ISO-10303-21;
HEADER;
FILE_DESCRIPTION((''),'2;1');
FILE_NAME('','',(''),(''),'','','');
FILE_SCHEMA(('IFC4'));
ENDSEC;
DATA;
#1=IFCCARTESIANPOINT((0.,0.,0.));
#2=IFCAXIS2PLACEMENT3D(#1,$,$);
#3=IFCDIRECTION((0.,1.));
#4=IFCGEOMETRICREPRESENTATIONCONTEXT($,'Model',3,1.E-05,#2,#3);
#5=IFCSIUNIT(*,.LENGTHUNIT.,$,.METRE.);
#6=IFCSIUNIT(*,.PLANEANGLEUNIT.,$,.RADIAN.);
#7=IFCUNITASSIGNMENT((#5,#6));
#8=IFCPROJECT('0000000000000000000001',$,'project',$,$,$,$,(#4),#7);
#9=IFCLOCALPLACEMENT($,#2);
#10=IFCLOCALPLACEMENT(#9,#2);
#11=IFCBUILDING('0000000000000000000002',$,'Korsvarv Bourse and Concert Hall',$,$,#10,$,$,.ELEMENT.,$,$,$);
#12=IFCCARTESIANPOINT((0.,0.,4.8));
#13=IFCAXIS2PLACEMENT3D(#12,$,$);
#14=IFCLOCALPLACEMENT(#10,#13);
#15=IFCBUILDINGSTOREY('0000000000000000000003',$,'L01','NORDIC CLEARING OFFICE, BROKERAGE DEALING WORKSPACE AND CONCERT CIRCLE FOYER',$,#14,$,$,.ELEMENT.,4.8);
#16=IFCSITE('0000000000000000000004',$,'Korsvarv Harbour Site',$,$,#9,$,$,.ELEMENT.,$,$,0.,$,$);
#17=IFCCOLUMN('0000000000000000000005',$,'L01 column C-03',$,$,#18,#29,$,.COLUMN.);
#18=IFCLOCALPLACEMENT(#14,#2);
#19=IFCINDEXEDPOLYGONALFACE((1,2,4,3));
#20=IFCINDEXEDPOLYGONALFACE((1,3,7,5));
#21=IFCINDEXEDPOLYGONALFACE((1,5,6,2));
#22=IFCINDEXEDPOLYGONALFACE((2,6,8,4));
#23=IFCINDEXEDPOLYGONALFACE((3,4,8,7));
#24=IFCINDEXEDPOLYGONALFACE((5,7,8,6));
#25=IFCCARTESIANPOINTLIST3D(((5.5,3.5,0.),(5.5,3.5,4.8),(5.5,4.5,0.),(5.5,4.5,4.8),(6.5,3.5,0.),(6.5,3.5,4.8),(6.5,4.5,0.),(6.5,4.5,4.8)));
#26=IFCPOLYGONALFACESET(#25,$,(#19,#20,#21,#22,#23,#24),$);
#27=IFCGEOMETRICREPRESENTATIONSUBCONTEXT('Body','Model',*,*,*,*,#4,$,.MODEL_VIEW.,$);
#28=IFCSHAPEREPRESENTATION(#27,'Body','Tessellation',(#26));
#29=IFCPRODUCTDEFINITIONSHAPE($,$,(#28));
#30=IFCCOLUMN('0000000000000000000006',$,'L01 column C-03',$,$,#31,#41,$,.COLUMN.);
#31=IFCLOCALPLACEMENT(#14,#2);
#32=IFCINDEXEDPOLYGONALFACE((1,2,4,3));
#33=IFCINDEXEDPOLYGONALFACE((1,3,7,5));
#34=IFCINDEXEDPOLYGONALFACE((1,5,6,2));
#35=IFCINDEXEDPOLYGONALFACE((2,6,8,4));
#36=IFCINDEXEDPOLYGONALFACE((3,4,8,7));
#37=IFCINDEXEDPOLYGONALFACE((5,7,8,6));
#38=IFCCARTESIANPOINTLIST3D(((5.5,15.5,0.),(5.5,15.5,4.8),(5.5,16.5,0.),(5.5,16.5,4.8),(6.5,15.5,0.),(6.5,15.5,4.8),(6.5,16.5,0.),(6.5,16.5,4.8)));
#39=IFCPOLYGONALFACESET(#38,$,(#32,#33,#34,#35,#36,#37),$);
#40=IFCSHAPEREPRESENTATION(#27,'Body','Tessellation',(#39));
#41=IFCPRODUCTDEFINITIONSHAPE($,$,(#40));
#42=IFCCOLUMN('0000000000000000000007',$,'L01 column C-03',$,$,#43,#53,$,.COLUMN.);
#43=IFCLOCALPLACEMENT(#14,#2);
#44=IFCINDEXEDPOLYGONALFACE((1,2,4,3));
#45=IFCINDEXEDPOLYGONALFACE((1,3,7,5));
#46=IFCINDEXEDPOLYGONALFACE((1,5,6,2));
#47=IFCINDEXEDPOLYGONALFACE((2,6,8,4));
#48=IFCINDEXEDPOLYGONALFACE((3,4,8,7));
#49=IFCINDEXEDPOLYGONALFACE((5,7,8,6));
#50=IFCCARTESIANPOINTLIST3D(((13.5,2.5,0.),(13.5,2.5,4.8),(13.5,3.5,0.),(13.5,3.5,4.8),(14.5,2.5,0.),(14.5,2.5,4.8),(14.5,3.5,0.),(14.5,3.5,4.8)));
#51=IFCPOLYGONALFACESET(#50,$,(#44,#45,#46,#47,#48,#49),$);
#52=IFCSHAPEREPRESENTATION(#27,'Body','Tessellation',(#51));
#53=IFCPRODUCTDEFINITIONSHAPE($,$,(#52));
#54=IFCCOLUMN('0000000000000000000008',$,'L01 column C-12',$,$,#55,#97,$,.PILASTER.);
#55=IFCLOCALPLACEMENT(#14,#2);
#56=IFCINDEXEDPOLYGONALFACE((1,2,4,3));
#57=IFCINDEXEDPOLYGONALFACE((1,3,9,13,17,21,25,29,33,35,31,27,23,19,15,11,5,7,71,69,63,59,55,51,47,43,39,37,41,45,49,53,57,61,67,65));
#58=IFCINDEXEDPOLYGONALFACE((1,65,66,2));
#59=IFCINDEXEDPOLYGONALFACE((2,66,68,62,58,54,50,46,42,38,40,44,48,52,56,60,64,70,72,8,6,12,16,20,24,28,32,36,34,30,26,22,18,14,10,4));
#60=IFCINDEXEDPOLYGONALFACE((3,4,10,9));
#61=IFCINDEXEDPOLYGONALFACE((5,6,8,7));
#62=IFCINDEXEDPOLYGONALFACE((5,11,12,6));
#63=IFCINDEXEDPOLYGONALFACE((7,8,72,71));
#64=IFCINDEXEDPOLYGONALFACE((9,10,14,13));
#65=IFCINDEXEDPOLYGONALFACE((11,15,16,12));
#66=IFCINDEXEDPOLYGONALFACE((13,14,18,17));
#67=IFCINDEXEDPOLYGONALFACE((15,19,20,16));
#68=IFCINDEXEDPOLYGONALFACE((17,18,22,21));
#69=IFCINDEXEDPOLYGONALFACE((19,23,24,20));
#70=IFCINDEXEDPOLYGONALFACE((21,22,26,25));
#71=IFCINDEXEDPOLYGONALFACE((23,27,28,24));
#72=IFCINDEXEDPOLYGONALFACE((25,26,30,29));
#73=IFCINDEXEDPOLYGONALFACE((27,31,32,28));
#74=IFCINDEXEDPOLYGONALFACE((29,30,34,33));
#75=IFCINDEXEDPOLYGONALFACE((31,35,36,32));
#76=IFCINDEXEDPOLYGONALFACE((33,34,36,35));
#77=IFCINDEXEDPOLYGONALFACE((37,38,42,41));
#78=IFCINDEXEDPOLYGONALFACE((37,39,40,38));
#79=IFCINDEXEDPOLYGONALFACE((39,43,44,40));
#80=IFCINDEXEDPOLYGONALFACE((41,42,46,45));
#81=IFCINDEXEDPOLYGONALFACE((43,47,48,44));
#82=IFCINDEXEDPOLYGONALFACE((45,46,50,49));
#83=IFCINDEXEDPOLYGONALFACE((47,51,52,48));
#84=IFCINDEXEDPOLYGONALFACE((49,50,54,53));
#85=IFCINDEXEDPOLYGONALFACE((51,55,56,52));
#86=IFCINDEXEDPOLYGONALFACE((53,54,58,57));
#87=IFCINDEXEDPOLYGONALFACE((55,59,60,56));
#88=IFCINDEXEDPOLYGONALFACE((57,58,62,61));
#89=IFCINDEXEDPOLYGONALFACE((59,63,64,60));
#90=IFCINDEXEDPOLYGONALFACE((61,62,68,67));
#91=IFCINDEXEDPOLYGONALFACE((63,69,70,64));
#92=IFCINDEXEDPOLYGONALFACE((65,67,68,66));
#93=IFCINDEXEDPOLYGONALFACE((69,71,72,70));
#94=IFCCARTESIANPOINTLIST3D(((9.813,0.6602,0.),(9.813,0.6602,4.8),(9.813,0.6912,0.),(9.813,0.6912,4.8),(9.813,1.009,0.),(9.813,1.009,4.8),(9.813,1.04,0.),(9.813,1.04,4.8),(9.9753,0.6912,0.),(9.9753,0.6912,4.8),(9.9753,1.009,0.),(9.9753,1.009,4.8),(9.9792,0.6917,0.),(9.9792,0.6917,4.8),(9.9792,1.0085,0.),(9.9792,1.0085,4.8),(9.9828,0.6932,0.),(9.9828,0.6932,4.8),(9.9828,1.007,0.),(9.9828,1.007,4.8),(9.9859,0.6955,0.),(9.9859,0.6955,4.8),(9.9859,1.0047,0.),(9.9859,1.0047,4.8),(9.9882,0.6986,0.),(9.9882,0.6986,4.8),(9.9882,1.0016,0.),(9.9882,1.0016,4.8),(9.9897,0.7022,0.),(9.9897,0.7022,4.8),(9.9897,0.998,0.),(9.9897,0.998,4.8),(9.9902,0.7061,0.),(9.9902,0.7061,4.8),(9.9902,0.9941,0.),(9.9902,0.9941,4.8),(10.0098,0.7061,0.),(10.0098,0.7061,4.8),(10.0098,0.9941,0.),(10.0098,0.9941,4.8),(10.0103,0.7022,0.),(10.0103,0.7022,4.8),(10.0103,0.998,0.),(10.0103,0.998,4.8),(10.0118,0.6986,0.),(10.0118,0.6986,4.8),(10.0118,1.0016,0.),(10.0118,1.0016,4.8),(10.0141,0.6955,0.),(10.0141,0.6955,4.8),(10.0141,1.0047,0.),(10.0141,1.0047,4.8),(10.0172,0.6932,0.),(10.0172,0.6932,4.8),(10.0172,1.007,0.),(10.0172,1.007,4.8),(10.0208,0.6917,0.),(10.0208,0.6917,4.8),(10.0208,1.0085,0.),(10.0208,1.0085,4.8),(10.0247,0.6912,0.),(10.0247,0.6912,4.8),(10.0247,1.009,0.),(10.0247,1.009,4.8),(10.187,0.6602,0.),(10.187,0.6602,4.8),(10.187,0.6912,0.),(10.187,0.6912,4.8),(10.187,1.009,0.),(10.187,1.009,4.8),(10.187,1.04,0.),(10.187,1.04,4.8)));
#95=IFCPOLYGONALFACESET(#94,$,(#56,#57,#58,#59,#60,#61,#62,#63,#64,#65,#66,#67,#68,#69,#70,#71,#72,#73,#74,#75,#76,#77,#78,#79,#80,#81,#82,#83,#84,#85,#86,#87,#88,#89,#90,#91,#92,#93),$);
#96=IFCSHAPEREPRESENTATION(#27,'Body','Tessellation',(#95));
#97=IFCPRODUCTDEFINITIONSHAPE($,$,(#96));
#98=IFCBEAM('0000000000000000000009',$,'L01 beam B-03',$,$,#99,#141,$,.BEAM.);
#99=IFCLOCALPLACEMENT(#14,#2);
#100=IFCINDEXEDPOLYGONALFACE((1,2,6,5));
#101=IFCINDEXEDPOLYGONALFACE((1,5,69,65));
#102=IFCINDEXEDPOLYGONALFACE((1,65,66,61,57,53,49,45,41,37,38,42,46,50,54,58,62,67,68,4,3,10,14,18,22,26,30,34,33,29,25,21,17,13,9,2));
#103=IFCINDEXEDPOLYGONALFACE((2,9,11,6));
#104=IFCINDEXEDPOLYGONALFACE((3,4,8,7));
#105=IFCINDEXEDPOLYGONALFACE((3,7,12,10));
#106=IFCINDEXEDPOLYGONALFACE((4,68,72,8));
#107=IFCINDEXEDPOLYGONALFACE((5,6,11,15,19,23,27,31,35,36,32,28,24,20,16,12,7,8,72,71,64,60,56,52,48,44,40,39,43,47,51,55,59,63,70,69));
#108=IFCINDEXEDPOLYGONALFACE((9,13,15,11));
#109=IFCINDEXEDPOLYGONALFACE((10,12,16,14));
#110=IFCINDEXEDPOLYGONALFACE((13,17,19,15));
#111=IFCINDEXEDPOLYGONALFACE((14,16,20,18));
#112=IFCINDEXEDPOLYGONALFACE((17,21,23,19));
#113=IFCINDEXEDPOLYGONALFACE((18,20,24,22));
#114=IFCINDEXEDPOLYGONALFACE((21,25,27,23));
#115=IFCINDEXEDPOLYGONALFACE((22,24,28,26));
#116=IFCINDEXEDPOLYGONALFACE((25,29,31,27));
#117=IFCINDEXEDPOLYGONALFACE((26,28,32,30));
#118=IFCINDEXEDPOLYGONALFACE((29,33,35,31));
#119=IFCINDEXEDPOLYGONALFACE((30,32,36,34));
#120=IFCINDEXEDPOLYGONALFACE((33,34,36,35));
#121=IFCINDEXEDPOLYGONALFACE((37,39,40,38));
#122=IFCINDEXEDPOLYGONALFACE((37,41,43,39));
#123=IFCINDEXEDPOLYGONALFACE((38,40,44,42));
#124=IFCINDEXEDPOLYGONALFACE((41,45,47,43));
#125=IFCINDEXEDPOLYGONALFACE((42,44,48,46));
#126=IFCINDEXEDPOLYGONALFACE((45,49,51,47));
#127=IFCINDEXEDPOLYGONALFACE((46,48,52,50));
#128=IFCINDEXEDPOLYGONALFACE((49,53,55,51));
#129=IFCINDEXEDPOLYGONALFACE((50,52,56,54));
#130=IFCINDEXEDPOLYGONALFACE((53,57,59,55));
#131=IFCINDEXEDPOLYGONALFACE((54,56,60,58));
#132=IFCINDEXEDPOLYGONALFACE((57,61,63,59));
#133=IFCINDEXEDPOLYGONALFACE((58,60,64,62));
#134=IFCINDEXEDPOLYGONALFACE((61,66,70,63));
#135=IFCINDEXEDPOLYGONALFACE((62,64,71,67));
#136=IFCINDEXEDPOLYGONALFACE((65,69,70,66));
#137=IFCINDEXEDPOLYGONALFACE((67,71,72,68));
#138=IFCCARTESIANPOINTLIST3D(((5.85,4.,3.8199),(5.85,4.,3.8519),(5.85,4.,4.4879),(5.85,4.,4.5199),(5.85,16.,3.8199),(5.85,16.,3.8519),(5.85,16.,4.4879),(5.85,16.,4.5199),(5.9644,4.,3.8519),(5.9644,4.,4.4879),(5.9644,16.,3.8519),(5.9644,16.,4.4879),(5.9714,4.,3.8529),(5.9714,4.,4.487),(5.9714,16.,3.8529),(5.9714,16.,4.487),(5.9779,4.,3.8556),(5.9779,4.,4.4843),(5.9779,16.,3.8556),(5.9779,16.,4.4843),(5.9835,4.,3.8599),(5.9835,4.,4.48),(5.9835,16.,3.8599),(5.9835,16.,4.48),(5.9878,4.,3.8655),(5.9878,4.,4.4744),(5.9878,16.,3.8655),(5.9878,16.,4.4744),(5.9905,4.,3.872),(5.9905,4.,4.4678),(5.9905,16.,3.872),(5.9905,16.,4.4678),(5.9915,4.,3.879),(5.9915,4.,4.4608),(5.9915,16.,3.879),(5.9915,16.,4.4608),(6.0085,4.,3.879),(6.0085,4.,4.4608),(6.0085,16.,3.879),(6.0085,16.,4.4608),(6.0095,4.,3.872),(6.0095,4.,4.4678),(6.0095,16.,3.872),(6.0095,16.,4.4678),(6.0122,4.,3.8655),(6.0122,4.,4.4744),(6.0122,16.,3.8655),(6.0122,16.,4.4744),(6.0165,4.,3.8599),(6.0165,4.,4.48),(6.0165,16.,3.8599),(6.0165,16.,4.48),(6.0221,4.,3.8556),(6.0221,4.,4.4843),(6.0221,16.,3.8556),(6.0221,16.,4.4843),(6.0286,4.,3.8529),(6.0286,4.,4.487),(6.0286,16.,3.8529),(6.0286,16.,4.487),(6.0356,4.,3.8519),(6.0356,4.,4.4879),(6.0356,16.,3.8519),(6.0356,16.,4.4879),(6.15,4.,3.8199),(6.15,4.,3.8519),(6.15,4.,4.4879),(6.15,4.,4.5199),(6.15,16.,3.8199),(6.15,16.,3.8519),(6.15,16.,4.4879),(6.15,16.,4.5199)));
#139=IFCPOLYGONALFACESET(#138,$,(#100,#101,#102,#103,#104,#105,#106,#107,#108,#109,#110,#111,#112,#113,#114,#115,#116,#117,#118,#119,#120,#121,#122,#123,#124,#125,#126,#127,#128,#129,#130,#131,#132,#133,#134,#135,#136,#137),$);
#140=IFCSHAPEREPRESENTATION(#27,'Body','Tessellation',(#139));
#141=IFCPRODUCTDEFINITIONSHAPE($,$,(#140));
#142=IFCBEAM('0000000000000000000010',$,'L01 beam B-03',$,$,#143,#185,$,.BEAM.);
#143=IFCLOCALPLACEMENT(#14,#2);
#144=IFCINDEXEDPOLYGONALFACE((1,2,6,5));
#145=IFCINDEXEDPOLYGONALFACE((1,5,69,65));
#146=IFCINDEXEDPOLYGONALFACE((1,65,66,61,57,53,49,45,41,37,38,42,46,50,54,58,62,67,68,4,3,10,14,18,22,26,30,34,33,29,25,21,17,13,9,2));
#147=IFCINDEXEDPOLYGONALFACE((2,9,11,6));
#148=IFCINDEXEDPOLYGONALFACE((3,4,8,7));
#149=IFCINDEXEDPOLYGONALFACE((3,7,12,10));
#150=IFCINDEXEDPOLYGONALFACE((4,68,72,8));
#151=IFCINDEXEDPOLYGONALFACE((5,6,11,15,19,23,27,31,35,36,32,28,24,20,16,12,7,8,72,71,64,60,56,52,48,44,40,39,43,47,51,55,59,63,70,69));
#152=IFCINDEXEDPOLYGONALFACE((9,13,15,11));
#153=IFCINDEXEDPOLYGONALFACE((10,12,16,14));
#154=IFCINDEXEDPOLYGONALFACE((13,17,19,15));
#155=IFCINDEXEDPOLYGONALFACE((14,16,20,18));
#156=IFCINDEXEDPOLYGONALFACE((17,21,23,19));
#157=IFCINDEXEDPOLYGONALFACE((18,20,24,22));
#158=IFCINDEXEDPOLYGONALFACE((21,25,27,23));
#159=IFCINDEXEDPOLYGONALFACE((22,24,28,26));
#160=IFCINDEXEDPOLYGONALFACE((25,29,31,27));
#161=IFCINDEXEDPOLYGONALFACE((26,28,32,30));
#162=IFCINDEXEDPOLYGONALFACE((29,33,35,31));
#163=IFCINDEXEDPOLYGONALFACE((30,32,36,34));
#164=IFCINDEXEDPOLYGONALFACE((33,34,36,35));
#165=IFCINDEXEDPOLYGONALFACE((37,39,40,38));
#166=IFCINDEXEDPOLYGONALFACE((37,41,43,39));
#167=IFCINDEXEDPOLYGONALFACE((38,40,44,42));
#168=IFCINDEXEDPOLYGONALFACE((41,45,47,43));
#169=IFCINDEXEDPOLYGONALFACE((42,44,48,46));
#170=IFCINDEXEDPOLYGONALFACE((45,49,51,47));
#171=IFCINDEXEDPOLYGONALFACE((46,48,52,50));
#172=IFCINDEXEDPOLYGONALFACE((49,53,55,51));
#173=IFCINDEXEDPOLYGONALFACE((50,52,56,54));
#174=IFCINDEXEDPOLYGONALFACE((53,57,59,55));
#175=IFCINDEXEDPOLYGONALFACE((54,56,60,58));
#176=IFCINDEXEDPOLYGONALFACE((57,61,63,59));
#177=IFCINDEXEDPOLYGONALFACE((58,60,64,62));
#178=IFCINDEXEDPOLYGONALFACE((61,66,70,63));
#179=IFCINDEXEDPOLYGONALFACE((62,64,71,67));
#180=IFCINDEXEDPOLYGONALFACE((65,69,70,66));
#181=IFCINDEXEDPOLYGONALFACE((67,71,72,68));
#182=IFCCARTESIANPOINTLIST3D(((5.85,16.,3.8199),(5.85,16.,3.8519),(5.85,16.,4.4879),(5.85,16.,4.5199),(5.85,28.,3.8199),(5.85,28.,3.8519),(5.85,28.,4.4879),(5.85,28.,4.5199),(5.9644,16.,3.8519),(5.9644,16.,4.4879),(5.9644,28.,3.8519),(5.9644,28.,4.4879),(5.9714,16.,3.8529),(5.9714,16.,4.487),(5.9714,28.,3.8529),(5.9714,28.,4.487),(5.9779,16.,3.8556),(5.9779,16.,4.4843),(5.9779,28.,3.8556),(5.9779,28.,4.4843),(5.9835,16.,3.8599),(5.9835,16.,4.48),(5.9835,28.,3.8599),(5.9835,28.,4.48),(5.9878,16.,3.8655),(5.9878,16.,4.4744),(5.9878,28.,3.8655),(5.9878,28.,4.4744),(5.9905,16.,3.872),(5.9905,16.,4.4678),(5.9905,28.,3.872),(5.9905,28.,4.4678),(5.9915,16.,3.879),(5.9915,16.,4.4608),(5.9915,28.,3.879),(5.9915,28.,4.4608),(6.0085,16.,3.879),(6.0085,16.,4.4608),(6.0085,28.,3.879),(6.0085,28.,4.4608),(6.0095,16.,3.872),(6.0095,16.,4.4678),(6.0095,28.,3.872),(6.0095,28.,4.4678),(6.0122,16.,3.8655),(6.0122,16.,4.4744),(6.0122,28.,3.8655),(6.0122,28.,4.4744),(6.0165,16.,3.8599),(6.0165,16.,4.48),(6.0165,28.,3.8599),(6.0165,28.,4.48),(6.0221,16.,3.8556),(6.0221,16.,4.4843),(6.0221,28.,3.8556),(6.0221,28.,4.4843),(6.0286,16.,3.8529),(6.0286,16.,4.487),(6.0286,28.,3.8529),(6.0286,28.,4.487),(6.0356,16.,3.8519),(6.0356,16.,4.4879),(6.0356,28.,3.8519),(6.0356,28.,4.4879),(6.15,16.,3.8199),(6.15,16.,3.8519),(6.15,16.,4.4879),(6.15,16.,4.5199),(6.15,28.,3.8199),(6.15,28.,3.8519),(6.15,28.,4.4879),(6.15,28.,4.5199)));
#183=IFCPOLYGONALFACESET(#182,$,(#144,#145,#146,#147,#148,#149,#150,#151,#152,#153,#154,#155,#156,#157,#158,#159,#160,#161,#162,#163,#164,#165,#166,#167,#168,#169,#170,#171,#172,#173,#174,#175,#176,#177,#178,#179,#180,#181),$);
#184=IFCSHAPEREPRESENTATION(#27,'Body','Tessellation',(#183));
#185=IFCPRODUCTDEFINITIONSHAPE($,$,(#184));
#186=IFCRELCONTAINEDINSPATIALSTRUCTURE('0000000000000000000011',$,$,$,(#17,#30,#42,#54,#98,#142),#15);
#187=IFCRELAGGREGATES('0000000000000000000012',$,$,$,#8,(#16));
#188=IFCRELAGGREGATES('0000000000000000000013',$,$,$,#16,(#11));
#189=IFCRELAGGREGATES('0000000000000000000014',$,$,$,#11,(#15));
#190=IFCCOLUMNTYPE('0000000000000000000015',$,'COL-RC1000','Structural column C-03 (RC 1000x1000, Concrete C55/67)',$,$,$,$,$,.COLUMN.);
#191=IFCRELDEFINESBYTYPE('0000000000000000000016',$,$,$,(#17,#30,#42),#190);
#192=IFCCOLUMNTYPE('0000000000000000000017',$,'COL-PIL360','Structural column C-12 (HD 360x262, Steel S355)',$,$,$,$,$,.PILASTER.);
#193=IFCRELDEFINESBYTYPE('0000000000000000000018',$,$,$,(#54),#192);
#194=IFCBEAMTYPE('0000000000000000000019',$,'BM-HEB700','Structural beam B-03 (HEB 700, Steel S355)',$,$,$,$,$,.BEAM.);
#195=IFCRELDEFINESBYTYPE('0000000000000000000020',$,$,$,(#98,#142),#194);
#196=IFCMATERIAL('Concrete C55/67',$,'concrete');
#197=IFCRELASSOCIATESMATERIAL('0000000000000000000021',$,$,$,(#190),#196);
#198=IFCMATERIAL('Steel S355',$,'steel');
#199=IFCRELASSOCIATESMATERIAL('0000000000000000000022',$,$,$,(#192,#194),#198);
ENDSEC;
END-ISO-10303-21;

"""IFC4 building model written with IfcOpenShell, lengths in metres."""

from ifc_helpers import new_model, si_unit, direction, frame, origin, origin_2d, place, context, subcontext, project, spatial, rectangle, i_section, extrude, source, transform, mapped, material, material_profile, profile_set, type_object, element, save


model = new_model("IFC4")

# Units and contexts
model_context = context("Model", 3, precision=1e-05, world=origin(), true_north=direction((0.0, 1.0)))
body_context = subcontext(model_context, "Body", "Model", "MODEL_VIEW")
ifc_project = project(units=[si_unit("LENGTHUNIT", "METRE"), si_unit("PLANEANGLEUNIT", "RADIAN")], contexts=[model_context])

# Site, building, storey
site_placement = place(None, origin())
site = spatial("IfcSite", under=ifc_project, at=site_placement, Name="Korsvarv Harbour Site", CompositionType="ELEMENT", RefElevation=0.0)
building_placement = place(site_placement, origin())
building = spatial("IfcBuilding", under=site, at=building_placement, Name="Korsvarv Bourse and Concert Hall", CompositionType="ELEMENT")
storey_placement = place(building_placement, frame((0.0, 0.0, 4.8)))
storey = spatial("IfcBuildingStorey", under=building, at=storey_placement, Name="L01", Description="NORDIC CLEARING OFFICE, BROKERAGE DEALING WORKSPACE AND CONCERT CIRCLE FOYER", CompositionType="ELEMENT", Elevation=4.8)

# Columns
ifc_material_1 = material(Name="Concrete C55/67", Category="concrete")
ifc_material_profile_1 = material_profile(ifc_material_1, rectangle(XDim=1.0, YDim=1.0, at=origin_2d()), Name="RC 1000x1000")
ifc_profile_set_1 = profile_set([ifc_material_profile_1], Name="Concrete C55/67")
column_type_1 = type_object("IfcColumnType", Name="COL-RC1000", Description="Structural column C-03 (RC 1000x1000, Concrete C55/67)", PredefinedType="COLUMN", material=ifc_profile_set_1)
shared_shape_1 = source(origin(), body_context, "Body", "SweptSolid", [
    extrude(rectangle(XDim=1.0, YDim=1.0, at=origin_2d()), origin(), (0.0, 0.0, 1.0), 4.8),
])
for number, where, z_axis, x_axis, name in (
    (1, (6.0, 4.0, 0.0), (0.0, 0.0, 1.0), (1.0, 0.0, 0.0), "L01 column C-03"),
    (2, (6.0, 16.0, 0.0), (0.0, 0.0, 1.0), (1.0, 0.0, 0.0), "L01 column C-03"),
    (3, (14.0, 3.0, 0.0), (0.0, 0.0, 1.0), (1.0, 0.0, 0.0), "L01 column C-03"),
):
    element("IfcColumn", number, at=place(storey_placement, frame(where, z_axis=z_axis, x_axis=x_axis)), inside=storey, type_object=column_type_1, Name=name, PredefinedType="COLUMN", context=body_context, shape_type="MappedRepresentation", body=[
        mapped(shared_shape_1, transform((0.0, 0.0, 0.0), scale=1.0)),
    ])
ifc_material_2 = material(Name="Steel S355", Category="steel")
ifc_material_profile_2 = material_profile(ifc_material_2, i_section(OverallWidth=0.374, OverallDepth=0.3799, WebThickness=0.0195, FlangeThickness=0.031, FilletRadius=0.0149, at=origin_2d()), Name="HD 360x262")
ifc_profile_set_2 = profile_set([ifc_material_profile_2], Name="Steel S355")
column_type_2 = type_object("IfcColumnType", Name="COL-PIL360", Description="Structural column C-12 (HD 360x262, Steel S355)", PredefinedType="PILASTER", material=ifc_profile_set_2)
shared_shape_2 = source(origin(), body_context, "Body", "SweptSolid", [
    extrude(i_section(OverallWidth=0.374, OverallDepth=0.3799, WebThickness=0.0195, FlangeThickness=0.031, FilletRadius=0.0149, at=origin_2d()), origin(), (0.0, 0.0, 1.0), 4.8),
])
column_placement = place(storey_placement, frame((10.0, 0.8501, 0.0), z_axis=(0.0, 0.0, 1.0), x_axis=(1.0, 0.0, 0.0)))
element("IfcColumn", 4, at=column_placement, inside=storey, type_object=column_type_2, Name="L01 column C-12", PredefinedType="PILASTER", context=body_context, shape_type="MappedRepresentation", body=[
    mapped(shared_shape_2, transform((0.0, 0.0, 0.0), scale=1.0)),
])

# Beams
ifc_material_profile_3 = material_profile(ifc_material_2, i_section(OverallWidth=0.3, OverallDepth=0.7, WebThickness=0.0171, FlangeThickness=0.032, FilletRadius=0.0271, at=origin_2d()), Name="HEB 700")
ifc_profile_set_3 = profile_set([ifc_material_profile_3], Name="Steel S355")
beam_type = type_object("IfcBeamType", Name="BM-HEB700", Description="Structural beam B-03 (HEB 700, Steel S355)", PredefinedType="BEAM", material=ifc_profile_set_3)
shared_shape_3 = source(origin(), body_context, "Body", "SweptSolid", [
    extrude(i_section(OverallWidth=0.3, OverallDepth=0.7, WebThickness=0.0171, FlangeThickness=0.032, FilletRadius=0.0271, at=origin_2d()), origin(), (0.0, 0.0, 1.0), 12.0),
])
for number, where, z_axis, x_axis, name in (
    (5, (6.0, 4.0, 4.1699), (0.0, 1.0, 0.0), (-1.0, 0.0, 0.0), "L01 beam B-03"),
    (6, (6.0, 16.0, 4.1699), (0.0, 1.0, 0.0), (-1.0, 0.0, 0.0), "L01 beam B-03"),
):
    element("IfcBeam", number, at=place(storey_placement, frame(where, z_axis=z_axis, x_axis=x_axis)), inside=storey, type_object=beam_type, Name=name, PredefinedType="BEAM", context=body_context, shape_type="MappedRepresentation", body=[
        mapped(shared_shape_3, transform((0.0, 0.0, 0.0), scale=1.0)),
    ])

save(model, "model.ifc")
